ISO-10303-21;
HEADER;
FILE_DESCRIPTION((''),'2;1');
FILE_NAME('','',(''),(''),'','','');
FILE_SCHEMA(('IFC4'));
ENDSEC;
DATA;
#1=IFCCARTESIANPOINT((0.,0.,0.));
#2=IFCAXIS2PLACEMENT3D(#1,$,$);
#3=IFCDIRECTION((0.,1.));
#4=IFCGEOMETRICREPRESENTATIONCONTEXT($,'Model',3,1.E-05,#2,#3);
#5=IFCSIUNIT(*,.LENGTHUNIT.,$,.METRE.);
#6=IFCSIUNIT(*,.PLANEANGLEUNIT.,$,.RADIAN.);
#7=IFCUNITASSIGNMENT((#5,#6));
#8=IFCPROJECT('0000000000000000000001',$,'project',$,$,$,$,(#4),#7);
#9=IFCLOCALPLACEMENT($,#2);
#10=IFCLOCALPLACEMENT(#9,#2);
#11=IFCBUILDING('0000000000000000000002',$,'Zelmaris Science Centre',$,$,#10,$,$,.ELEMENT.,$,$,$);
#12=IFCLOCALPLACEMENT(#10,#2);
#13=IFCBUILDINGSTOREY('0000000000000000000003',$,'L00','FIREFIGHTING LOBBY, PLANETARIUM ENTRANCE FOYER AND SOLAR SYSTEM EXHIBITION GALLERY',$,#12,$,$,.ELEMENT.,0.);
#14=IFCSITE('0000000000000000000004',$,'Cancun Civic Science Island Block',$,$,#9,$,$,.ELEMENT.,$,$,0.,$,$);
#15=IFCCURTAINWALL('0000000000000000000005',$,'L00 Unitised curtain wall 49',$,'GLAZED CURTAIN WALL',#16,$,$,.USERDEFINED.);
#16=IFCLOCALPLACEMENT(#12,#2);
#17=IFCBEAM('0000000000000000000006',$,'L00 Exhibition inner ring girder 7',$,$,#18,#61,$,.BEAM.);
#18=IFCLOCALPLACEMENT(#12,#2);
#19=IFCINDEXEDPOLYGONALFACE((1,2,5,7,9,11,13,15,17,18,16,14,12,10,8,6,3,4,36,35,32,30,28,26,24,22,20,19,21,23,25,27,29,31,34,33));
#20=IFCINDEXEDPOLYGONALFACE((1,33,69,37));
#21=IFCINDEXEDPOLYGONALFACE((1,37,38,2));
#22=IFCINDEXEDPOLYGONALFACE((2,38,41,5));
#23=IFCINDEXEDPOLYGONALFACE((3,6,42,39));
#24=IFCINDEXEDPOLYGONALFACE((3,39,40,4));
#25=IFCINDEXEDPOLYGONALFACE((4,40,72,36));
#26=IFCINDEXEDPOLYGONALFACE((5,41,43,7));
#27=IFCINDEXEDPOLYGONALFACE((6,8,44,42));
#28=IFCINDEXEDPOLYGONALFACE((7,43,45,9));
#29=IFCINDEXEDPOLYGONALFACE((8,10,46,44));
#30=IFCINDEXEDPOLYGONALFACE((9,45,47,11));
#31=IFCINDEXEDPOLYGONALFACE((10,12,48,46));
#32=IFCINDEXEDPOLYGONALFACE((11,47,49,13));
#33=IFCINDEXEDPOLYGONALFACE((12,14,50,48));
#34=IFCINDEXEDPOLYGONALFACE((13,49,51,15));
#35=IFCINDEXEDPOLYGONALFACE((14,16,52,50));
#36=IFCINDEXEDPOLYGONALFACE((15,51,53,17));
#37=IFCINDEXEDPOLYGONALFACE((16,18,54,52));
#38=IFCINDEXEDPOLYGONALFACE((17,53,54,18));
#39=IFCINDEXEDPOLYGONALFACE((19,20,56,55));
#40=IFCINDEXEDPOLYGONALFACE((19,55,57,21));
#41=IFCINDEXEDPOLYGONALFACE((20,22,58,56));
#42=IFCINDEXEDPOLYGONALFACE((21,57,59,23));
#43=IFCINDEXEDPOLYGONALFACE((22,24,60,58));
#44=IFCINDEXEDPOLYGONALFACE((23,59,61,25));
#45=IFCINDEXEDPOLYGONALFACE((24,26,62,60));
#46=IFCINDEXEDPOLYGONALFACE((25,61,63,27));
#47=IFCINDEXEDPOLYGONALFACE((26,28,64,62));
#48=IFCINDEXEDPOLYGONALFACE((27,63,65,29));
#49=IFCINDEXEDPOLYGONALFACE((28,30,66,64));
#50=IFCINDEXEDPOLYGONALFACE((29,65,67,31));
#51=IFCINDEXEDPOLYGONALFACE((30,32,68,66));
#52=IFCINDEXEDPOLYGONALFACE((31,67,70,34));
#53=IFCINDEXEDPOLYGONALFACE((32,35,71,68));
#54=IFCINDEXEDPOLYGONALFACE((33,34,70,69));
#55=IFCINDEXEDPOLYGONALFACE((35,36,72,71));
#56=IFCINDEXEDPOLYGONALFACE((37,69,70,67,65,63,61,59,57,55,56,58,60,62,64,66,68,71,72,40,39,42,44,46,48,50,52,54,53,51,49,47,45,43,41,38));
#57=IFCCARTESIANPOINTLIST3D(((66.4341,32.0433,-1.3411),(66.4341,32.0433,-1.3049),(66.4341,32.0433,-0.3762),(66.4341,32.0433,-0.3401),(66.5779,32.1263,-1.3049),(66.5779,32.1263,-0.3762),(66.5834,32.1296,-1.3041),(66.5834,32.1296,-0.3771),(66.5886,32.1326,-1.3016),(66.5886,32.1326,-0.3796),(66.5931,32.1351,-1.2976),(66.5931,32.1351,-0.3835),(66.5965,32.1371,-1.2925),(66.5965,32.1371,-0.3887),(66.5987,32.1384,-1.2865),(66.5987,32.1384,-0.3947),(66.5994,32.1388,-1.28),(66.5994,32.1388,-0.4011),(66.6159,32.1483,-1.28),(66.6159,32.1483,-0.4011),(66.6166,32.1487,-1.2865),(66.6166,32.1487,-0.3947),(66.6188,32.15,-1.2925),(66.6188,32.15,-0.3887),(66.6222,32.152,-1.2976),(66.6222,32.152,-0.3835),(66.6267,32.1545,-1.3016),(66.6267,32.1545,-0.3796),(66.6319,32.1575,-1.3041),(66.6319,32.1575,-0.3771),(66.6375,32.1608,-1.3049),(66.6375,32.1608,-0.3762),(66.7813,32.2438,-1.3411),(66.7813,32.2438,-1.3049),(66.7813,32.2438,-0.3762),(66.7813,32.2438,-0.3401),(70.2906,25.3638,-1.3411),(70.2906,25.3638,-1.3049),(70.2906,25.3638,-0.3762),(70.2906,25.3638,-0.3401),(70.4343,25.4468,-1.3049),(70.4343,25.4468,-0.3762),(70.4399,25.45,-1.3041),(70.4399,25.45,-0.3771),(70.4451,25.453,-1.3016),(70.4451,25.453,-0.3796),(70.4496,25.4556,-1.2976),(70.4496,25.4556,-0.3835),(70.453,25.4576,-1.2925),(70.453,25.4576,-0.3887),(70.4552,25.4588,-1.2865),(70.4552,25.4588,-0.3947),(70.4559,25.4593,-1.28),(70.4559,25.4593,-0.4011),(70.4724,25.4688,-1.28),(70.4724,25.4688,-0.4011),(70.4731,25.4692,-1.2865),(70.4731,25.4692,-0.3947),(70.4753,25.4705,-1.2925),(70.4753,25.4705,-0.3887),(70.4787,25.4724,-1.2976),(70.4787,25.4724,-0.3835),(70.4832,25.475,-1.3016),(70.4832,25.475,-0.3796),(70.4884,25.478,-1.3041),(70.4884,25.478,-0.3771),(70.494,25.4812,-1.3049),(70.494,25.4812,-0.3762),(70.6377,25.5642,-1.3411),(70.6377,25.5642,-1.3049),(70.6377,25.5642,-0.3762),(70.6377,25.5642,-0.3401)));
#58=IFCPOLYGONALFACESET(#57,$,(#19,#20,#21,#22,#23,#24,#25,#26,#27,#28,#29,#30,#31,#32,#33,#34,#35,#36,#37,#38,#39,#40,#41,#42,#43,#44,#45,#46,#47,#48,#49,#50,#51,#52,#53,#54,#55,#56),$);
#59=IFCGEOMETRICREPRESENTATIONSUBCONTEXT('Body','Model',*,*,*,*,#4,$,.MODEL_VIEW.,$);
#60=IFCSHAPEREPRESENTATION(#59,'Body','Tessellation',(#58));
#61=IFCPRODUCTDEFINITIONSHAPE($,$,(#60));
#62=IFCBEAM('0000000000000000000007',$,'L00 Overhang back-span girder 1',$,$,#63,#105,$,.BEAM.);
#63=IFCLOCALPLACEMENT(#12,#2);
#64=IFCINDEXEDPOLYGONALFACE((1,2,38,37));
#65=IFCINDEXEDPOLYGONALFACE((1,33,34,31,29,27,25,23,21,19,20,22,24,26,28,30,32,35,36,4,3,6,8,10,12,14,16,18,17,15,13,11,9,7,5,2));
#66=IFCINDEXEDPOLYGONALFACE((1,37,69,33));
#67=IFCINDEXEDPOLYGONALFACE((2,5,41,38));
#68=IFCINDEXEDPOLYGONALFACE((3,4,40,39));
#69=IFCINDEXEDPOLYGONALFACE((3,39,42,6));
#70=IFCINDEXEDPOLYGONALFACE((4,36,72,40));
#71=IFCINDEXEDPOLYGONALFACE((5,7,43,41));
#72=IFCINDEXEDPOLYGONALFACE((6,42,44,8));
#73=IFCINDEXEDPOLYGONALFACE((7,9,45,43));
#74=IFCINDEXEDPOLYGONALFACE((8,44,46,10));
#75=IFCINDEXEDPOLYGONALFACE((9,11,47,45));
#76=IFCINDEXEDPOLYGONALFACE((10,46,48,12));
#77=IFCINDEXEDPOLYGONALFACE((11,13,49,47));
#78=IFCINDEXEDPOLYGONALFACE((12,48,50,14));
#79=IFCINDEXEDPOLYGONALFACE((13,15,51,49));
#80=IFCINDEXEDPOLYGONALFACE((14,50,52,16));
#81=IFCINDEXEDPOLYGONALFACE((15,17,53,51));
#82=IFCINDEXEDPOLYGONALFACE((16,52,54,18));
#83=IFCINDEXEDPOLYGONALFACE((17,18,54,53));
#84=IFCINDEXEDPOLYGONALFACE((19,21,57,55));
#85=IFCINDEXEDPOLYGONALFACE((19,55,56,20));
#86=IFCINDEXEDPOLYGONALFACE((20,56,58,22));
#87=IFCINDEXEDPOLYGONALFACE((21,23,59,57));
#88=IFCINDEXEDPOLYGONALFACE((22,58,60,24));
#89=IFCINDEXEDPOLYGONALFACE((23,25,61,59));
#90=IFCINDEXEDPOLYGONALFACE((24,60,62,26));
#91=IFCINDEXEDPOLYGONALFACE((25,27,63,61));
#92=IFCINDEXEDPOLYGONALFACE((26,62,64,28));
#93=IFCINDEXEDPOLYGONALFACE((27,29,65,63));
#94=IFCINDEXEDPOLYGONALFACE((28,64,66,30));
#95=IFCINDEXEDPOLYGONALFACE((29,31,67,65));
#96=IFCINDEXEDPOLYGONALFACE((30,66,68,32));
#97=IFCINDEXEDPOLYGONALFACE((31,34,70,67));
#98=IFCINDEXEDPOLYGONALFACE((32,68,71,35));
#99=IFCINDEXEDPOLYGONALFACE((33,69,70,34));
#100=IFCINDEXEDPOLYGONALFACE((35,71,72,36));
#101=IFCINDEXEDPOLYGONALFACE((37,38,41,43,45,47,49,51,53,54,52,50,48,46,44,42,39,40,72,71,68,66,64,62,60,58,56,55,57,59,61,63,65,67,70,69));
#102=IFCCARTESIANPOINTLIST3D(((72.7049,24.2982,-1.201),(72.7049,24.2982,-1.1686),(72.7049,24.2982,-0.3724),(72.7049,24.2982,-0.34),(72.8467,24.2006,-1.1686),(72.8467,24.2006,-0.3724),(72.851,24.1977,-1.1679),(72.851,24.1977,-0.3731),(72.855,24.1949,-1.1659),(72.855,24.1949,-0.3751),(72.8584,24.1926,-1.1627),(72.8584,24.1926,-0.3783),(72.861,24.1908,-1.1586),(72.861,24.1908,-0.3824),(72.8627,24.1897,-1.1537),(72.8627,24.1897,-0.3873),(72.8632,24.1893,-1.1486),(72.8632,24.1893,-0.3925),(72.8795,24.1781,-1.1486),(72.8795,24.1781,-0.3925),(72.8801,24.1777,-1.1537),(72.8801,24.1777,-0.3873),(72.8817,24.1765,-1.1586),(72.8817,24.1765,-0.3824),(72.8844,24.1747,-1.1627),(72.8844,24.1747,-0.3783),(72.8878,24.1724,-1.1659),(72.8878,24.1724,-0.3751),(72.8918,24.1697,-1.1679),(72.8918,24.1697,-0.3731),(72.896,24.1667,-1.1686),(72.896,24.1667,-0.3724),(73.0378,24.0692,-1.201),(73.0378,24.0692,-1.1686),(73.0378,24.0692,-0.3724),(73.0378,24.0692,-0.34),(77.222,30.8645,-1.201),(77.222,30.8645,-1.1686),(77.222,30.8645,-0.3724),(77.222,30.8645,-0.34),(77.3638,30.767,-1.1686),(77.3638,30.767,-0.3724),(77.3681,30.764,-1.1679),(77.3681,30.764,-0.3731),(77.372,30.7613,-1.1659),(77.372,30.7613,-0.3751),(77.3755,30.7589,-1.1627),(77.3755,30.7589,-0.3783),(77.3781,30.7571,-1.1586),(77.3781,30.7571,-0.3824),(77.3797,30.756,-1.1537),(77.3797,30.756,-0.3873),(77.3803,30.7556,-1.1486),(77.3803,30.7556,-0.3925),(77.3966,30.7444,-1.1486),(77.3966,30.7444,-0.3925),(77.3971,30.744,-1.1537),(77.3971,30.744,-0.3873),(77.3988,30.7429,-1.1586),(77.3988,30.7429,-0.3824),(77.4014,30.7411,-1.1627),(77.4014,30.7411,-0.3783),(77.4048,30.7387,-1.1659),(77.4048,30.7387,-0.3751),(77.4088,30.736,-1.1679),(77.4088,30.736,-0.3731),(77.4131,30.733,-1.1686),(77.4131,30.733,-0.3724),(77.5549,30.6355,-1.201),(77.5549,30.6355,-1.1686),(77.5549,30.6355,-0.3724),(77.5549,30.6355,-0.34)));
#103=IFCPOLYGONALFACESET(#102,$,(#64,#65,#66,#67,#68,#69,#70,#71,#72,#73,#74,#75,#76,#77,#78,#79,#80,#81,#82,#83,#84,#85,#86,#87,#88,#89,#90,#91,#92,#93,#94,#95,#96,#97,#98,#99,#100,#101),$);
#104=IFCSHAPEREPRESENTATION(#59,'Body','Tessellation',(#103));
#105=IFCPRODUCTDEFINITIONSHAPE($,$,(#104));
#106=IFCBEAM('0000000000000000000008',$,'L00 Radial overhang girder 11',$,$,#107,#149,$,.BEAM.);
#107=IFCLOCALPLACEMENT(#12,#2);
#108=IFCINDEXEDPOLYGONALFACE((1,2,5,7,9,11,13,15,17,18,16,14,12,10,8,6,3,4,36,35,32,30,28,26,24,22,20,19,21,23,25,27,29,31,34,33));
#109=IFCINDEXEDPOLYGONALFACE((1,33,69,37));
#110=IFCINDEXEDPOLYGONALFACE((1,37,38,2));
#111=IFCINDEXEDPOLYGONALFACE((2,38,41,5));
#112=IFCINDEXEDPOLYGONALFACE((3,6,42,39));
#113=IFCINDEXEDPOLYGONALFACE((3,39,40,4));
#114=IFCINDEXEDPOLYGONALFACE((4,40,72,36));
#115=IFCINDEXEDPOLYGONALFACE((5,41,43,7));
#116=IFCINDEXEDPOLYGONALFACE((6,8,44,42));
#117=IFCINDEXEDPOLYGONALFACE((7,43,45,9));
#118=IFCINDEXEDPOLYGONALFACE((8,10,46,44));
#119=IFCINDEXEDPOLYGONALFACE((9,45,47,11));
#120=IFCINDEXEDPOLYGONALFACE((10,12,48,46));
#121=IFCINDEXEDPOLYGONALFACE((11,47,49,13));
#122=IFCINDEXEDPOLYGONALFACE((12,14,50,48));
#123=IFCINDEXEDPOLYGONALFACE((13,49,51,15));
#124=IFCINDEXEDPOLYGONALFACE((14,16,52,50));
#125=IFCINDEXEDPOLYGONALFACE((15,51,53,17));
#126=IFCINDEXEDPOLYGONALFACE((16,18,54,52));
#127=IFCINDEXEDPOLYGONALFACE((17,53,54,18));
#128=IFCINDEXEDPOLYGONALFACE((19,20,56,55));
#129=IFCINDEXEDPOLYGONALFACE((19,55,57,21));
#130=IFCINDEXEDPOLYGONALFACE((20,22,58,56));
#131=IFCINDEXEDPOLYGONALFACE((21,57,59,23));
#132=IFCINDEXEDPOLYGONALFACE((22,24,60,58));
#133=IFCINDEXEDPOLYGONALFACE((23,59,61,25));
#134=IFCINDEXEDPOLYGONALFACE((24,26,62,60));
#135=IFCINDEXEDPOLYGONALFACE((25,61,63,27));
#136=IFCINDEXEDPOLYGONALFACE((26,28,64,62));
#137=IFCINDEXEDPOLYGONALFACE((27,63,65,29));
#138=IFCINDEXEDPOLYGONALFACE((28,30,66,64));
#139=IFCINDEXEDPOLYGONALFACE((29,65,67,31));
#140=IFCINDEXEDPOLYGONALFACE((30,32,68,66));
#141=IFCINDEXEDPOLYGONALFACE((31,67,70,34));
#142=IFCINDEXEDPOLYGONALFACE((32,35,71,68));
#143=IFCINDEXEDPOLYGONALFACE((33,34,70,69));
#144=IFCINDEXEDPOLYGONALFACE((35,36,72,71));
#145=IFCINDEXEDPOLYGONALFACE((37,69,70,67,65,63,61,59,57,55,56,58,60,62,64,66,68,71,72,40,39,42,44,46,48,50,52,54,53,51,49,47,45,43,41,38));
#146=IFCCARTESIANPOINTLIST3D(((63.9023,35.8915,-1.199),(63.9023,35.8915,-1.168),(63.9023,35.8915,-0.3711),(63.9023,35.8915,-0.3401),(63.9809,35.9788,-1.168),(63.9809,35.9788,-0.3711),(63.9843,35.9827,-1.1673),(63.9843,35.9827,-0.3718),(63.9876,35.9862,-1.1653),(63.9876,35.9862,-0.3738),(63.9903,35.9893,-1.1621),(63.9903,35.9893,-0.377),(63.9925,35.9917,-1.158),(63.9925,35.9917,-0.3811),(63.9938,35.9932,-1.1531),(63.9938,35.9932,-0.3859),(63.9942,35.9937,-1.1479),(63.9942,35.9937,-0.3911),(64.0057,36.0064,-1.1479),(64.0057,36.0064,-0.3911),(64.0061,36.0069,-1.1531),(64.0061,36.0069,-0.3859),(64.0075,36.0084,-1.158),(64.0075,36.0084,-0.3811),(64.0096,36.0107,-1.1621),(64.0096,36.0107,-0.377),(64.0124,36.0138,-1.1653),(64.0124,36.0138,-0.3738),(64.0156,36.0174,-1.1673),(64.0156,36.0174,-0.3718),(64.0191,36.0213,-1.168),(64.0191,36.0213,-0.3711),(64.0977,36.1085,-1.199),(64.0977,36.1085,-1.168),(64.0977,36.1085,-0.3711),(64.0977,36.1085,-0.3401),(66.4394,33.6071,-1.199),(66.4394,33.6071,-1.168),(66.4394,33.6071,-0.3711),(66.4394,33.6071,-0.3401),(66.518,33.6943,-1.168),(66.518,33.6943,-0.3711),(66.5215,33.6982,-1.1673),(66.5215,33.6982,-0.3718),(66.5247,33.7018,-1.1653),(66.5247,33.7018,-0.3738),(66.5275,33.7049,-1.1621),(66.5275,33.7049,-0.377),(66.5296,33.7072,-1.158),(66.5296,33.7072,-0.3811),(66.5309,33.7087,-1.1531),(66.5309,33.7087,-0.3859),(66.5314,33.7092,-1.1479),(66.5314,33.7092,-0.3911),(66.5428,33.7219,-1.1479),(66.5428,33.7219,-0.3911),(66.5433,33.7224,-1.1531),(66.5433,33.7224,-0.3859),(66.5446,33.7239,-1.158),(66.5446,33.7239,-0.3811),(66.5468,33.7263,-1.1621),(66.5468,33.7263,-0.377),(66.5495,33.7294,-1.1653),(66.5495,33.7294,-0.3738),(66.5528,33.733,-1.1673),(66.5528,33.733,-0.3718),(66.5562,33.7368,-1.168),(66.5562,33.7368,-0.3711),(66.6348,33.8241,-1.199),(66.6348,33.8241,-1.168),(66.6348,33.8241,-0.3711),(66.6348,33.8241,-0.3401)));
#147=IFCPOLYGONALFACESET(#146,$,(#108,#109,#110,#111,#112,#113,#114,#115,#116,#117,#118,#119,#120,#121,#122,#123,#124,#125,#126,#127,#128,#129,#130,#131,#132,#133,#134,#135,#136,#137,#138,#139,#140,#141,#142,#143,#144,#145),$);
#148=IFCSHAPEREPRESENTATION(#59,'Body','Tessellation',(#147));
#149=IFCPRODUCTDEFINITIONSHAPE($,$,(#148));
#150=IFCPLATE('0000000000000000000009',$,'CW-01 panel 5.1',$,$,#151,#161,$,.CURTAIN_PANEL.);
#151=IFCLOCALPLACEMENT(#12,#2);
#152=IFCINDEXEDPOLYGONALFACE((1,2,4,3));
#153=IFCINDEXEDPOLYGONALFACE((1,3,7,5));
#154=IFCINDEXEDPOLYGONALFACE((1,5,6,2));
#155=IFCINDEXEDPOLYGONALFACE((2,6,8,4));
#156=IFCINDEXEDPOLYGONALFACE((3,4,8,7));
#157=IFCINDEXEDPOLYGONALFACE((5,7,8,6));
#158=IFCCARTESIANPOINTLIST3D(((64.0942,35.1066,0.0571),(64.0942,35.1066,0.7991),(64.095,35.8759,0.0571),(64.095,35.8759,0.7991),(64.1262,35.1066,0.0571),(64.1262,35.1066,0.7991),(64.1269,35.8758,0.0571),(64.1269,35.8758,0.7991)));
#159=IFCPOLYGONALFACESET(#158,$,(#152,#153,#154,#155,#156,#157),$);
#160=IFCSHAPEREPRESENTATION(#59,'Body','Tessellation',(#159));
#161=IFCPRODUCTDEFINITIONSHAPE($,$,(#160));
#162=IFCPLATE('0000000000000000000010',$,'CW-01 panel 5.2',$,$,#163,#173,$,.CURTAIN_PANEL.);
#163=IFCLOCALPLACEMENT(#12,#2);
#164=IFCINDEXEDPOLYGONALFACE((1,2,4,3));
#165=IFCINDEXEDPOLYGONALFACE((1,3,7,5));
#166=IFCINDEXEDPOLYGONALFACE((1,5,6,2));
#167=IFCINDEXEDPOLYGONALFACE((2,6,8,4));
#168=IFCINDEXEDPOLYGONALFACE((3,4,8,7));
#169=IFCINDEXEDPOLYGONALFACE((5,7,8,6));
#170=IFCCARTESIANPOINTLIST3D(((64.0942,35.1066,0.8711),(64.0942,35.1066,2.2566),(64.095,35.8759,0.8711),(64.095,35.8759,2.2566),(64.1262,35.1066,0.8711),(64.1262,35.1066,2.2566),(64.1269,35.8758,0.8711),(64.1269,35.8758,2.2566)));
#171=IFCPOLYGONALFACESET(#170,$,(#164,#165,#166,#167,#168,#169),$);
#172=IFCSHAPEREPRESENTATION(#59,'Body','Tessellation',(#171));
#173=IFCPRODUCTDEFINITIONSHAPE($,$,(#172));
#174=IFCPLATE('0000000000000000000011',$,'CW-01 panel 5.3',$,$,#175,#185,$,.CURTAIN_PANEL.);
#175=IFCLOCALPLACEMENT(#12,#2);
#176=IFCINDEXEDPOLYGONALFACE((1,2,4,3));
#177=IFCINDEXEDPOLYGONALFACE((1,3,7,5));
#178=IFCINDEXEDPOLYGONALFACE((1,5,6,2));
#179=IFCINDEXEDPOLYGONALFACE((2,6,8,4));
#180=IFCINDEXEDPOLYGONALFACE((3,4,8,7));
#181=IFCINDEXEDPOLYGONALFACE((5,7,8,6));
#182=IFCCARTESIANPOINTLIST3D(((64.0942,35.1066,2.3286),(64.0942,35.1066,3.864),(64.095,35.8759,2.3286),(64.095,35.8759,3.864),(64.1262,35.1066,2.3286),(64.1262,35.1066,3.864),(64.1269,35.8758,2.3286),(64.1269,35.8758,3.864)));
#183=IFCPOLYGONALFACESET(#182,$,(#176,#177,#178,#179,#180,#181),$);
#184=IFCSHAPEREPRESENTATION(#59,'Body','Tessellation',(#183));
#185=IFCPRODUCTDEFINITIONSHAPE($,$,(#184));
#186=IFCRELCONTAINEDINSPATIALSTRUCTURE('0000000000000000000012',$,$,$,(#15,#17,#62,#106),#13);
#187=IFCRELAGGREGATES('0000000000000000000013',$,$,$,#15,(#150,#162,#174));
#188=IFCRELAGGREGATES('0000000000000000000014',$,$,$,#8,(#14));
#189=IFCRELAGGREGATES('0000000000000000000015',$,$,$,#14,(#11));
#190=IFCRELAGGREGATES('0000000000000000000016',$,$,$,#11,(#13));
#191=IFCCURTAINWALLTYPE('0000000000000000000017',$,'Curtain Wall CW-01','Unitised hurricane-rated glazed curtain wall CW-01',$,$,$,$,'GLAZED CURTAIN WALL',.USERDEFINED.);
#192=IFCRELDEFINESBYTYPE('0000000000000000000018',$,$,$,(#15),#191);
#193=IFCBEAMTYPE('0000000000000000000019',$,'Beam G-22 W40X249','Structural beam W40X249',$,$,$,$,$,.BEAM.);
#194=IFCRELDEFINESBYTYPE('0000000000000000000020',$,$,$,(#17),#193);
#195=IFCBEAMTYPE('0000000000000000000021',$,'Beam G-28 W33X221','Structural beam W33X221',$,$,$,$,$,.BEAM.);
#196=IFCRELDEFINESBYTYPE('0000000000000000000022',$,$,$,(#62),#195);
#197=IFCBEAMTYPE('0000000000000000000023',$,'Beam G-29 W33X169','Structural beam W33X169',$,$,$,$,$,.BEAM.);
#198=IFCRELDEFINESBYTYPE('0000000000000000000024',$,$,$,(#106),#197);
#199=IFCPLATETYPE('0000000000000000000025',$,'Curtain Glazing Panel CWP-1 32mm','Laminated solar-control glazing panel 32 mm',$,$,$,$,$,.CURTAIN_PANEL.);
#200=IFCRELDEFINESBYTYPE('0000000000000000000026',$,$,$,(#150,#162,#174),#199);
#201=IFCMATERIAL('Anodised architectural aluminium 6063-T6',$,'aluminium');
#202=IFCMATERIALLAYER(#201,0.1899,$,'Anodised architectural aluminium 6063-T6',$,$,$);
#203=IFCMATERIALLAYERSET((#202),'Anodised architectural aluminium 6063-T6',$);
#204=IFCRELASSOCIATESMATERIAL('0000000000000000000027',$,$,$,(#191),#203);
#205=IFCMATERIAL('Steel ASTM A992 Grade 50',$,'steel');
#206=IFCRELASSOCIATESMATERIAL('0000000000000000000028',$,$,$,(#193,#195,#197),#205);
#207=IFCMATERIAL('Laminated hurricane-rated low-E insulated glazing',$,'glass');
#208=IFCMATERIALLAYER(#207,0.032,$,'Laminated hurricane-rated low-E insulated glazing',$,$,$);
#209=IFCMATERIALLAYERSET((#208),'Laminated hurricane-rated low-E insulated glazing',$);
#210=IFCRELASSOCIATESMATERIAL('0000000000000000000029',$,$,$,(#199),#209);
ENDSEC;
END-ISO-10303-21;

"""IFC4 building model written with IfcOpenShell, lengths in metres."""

from ifc_helpers import new_model, si_unit, direction, frame, origin, origin_2d, place, context, subcontext, project, spatial, rectangle, i_section, extrude, material, layer, layer_set, material_profile, profile_set, type_object, element, aggregate, save


model = new_model("IFC4")

# Units and contexts
model_context = context("Model", 3, precision=1e-05, world=origin(), true_north=direction((0.0, 1.0)))
body_context = subcontext(model_context, "Body", "Model", "MODEL_VIEW")
ifc_project = project(units=[si_unit("LENGTHUNIT", "METRE"), si_unit("PLANEANGLEUNIT", "RADIAN")], contexts=[model_context])

# Site, building, storey
site_placement = place(None, origin())
site = spatial("IfcSite", under=ifc_project, at=site_placement, Name="Cancun Civic Science Island Block", CompositionType="ELEMENT", RefElevation=0.0)
building_placement = place(site_placement, origin())
building = spatial("IfcBuilding", under=site, at=building_placement, Name="Zelmaris Science Centre", CompositionType="ELEMENT")
storey_placement = place(building_placement, origin())
storey = spatial("IfcBuildingStorey", under=building, at=storey_placement, Name="L00", Description="FIREFIGHTING LOBBY, PLANETARIUM ENTRANCE FOYER AND SOLAR SYSTEM EXHIBITION GALLERY", CompositionType="ELEMENT", Elevation=0.0)

# Shared definitions
ifc_material_1 = material(Name="Steel ASTM A992 Grade 50", Category="steel")

# Curtain wall
ifc_material_2 = material(Name="Anodised architectural aluminium 6063-T6", Category="aluminium")
ifc_layer_1 = layer(ifc_material_2, 0.1899, Name="Anodised architectural aluminium 6063-T6")
ifc_layer_set_1 = layer_set([ifc_layer_1], Name="Anodised architectural aluminium 6063-T6")
curtain_wall_type_1 = type_object("IfcCurtainWallType", Name="Curtain Wall CW-01", Description="Unitised hurricane-rated glazed curtain wall CW-01", ElementType="GLAZED CURTAIN WALL", PredefinedType="USERDEFINED", material=ifc_layer_set_1)
curtain_wall_1_placement = place(storey_placement, origin())
curtain_wall_1 = element("IfcCurtainWall", 1, at=curtain_wall_1_placement, inside=storey, type_object=curtain_wall_type_1, Name="L00 Unitised curtain wall 49", ObjectType="GLAZED CURTAIN WALL", PredefinedType="USERDEFINED")

# Beams
ifc_material_profile_1 = material_profile(ifc_material_1, i_section(OverallWidth=0.4009, OverallDepth=1.001, WebThickness=0.019, FlangeThickness=0.0361, FilletRadius=0.0249, at=origin_2d()), Name="W40X249")
ifc_profile_set_1 = profile_set([ifc_material_profile_1], Name="Steel ASTM A992 Grade 50")
beam_type_1 = type_object("IfcBeamType", Name="Beam G-22 W40X249", Description="Structural beam W40X249", PredefinedType="BEAM", material=ifc_profile_set_1)
for number, where, z_axis, x_axis, name in (
    (2, (66.6077, 32.1436, -0.8406), (0.500007, -0.866022, 0.0), (0.866022, 0.500007, 0.0), "L00 Exhibition inner ring girder 7"),
):
    element("IfcBeam", number, at=place(storey_placement, frame(where, z_axis=z_axis, x_axis=x_axis)), inside=storey, type_object=beam_type_1, Name=name, PredefinedType="BEAM", context=body_context, shape_type="SweptSolid", body=[
        extrude(i_section(OverallWidth=0.4009, OverallDepth=1.001, WebThickness=0.019, FlangeThickness=0.0361, FilletRadius=0.0249, at=origin_2d()), origin(), (0.0, 0.0, 1.0), 7.7129),
    ])
ifc_material_profile_2 = material_profile(ifc_material_1, i_section(OverallWidth=0.4041, OverallDepth=0.8611, WebThickness=0.0198, FlangeThickness=0.0325, FilletRadius=0.02, at=origin_2d()), Name="W33X221")
ifc_profile_set_2 = profile_set([ifc_material_profile_2], Name="Steel ASTM A992 Grade 50")
beam_type_2 = type_object("IfcBeamType", Name="Beam G-28 W33X221", Description="Structural beam W33X221", PredefinedType="BEAM", material=ifc_profile_set_2)
beam_1_placement = place(storey_placement, frame((77.3884, 30.75, -0.7705), z_axis=(-0.566758, -0.823885, 0.0), x_axis=(0.823885, -0.566758, 0.0)))
element("IfcBeam", 3, at=beam_1_placement, inside=storey, type_object=beam_type_2, Name="L00 Overhang back-span girder 1", PredefinedType="BEAM", context=body_context, shape_type="SweptSolid", body=[
    extrude(i_section(OverallWidth=0.4041, OverallDepth=0.8611, WebThickness=0.0198, FlangeThickness=0.0325, FilletRadius=0.02, at=origin_2d()), origin(), (0.0, 0.0, 1.0), 7.97),
])
ifc_material_profile_3 = material_profile(ifc_material_1, i_section(OverallWidth=0.292, OverallDepth=0.8589, WebThickness=0.0171, FlangeThickness=0.031, FilletRadius=0.02, at=origin_2d()), Name="W33X169")
ifc_profile_set_3 = profile_set([ifc_material_profile_3], Name="Steel ASTM A992 Grade 50")
beam_type_3 = type_object("IfcBeamType", Name="Beam G-29 W33X169", Description="Structural beam W33X169", PredefinedType="BEAM", material=ifc_profile_set_3)
beam_2_placement = place(storey_placement, frame((66.5371, 33.7156, -0.7695), z_axis=(-0.743145, 0.669131, 0.0), x_axis=(-0.669131, -0.743145, 0.0)))
element("IfcBeam", 4, at=beam_2_placement, inside=storey, type_object=beam_type_3, Name="L00 Radial overhang girder 11", PredefinedType="BEAM", context=body_context, shape_type="SweptSolid", body=[
    extrude(i_section(OverallWidth=0.292, OverallDepth=0.8589, WebThickness=0.0171, FlangeThickness=0.031, FilletRadius=0.02, at=origin_2d()), origin(), (0.0, 0.0, 1.0), 3.4141),
])

# Plates
ifc_material_3 = material(Name="Laminated hurricane-rated low-E insulated glazing", Category="glass")
ifc_layer_2 = layer(ifc_material_3, 0.032, Name="Laminated hurricane-rated low-E insulated glazing")
ifc_layer_set_2 = layer_set([ifc_layer_2], Name="Laminated hurricane-rated low-E insulated glazing")
plate_type_1 = type_object("IfcPlateType", Name="Curtain Glazing Panel CWP-1 32mm", Description="Laminated solar-control glazing panel 32 mm", PredefinedType="CURTAIN_PANEL", material=ifc_layer_set_2)
plate_1_placement = place(storey_placement, frame((64.1106, 35.4912, 0.0571), z_axis=(0.0, 0.0, 1.0), x_axis=(0.000935, 1.0, 0.0)))
plate_1 = element("IfcPlate", 5, at=plate_1_placement, type_object=plate_type_1, Name="CW-01 panel 5.1", PredefinedType="CURTAIN_PANEL", context=body_context, shape_type="SweptSolid", body=[
    extrude(rectangle(XDim=0.7693, YDim=0.032, at=origin_2d()), origin(), (0.0, 0.0, 1.0), 0.7419),
])
plate_2_placement = place(storey_placement, frame((64.1106, 35.4912, 0.8711), z_axis=(0.0, 0.0, 1.0), x_axis=(0.000935, 1.0, 0.0)))
plate_2 = element("IfcPlate", 6, at=plate_2_placement, type_object=plate_type_1, Name="CW-01 panel 5.2", PredefinedType="CURTAIN_PANEL", context=body_context, shape_type="SweptSolid", body=[
    extrude(rectangle(XDim=0.7693, YDim=0.032, at=origin_2d()), origin(), (0.0, 0.0, 1.0), 1.3855),
])
plate_3_placement = place(storey_placement, frame((64.1106, 35.4912, 2.3286), z_axis=(0.0, 0.0, 1.0), x_axis=(0.000935, 1.0, 0.0)))
plate_3 = element("IfcPlate", 7, at=plate_3_placement, type_object=plate_type_1, Name="CW-01 panel 5.3", PredefinedType="CURTAIN_PANEL", context=body_context, shape_type="SweptSolid", body=[
    extrude(rectangle(XDim=0.7693, YDim=0.032, at=origin_2d()), origin(), (0.0, 0.0, 1.0), 1.5354),
])
aggregate(curtain_wall_1, [plate_1, plate_2, plate_3])

save(model, "model.ifc")
